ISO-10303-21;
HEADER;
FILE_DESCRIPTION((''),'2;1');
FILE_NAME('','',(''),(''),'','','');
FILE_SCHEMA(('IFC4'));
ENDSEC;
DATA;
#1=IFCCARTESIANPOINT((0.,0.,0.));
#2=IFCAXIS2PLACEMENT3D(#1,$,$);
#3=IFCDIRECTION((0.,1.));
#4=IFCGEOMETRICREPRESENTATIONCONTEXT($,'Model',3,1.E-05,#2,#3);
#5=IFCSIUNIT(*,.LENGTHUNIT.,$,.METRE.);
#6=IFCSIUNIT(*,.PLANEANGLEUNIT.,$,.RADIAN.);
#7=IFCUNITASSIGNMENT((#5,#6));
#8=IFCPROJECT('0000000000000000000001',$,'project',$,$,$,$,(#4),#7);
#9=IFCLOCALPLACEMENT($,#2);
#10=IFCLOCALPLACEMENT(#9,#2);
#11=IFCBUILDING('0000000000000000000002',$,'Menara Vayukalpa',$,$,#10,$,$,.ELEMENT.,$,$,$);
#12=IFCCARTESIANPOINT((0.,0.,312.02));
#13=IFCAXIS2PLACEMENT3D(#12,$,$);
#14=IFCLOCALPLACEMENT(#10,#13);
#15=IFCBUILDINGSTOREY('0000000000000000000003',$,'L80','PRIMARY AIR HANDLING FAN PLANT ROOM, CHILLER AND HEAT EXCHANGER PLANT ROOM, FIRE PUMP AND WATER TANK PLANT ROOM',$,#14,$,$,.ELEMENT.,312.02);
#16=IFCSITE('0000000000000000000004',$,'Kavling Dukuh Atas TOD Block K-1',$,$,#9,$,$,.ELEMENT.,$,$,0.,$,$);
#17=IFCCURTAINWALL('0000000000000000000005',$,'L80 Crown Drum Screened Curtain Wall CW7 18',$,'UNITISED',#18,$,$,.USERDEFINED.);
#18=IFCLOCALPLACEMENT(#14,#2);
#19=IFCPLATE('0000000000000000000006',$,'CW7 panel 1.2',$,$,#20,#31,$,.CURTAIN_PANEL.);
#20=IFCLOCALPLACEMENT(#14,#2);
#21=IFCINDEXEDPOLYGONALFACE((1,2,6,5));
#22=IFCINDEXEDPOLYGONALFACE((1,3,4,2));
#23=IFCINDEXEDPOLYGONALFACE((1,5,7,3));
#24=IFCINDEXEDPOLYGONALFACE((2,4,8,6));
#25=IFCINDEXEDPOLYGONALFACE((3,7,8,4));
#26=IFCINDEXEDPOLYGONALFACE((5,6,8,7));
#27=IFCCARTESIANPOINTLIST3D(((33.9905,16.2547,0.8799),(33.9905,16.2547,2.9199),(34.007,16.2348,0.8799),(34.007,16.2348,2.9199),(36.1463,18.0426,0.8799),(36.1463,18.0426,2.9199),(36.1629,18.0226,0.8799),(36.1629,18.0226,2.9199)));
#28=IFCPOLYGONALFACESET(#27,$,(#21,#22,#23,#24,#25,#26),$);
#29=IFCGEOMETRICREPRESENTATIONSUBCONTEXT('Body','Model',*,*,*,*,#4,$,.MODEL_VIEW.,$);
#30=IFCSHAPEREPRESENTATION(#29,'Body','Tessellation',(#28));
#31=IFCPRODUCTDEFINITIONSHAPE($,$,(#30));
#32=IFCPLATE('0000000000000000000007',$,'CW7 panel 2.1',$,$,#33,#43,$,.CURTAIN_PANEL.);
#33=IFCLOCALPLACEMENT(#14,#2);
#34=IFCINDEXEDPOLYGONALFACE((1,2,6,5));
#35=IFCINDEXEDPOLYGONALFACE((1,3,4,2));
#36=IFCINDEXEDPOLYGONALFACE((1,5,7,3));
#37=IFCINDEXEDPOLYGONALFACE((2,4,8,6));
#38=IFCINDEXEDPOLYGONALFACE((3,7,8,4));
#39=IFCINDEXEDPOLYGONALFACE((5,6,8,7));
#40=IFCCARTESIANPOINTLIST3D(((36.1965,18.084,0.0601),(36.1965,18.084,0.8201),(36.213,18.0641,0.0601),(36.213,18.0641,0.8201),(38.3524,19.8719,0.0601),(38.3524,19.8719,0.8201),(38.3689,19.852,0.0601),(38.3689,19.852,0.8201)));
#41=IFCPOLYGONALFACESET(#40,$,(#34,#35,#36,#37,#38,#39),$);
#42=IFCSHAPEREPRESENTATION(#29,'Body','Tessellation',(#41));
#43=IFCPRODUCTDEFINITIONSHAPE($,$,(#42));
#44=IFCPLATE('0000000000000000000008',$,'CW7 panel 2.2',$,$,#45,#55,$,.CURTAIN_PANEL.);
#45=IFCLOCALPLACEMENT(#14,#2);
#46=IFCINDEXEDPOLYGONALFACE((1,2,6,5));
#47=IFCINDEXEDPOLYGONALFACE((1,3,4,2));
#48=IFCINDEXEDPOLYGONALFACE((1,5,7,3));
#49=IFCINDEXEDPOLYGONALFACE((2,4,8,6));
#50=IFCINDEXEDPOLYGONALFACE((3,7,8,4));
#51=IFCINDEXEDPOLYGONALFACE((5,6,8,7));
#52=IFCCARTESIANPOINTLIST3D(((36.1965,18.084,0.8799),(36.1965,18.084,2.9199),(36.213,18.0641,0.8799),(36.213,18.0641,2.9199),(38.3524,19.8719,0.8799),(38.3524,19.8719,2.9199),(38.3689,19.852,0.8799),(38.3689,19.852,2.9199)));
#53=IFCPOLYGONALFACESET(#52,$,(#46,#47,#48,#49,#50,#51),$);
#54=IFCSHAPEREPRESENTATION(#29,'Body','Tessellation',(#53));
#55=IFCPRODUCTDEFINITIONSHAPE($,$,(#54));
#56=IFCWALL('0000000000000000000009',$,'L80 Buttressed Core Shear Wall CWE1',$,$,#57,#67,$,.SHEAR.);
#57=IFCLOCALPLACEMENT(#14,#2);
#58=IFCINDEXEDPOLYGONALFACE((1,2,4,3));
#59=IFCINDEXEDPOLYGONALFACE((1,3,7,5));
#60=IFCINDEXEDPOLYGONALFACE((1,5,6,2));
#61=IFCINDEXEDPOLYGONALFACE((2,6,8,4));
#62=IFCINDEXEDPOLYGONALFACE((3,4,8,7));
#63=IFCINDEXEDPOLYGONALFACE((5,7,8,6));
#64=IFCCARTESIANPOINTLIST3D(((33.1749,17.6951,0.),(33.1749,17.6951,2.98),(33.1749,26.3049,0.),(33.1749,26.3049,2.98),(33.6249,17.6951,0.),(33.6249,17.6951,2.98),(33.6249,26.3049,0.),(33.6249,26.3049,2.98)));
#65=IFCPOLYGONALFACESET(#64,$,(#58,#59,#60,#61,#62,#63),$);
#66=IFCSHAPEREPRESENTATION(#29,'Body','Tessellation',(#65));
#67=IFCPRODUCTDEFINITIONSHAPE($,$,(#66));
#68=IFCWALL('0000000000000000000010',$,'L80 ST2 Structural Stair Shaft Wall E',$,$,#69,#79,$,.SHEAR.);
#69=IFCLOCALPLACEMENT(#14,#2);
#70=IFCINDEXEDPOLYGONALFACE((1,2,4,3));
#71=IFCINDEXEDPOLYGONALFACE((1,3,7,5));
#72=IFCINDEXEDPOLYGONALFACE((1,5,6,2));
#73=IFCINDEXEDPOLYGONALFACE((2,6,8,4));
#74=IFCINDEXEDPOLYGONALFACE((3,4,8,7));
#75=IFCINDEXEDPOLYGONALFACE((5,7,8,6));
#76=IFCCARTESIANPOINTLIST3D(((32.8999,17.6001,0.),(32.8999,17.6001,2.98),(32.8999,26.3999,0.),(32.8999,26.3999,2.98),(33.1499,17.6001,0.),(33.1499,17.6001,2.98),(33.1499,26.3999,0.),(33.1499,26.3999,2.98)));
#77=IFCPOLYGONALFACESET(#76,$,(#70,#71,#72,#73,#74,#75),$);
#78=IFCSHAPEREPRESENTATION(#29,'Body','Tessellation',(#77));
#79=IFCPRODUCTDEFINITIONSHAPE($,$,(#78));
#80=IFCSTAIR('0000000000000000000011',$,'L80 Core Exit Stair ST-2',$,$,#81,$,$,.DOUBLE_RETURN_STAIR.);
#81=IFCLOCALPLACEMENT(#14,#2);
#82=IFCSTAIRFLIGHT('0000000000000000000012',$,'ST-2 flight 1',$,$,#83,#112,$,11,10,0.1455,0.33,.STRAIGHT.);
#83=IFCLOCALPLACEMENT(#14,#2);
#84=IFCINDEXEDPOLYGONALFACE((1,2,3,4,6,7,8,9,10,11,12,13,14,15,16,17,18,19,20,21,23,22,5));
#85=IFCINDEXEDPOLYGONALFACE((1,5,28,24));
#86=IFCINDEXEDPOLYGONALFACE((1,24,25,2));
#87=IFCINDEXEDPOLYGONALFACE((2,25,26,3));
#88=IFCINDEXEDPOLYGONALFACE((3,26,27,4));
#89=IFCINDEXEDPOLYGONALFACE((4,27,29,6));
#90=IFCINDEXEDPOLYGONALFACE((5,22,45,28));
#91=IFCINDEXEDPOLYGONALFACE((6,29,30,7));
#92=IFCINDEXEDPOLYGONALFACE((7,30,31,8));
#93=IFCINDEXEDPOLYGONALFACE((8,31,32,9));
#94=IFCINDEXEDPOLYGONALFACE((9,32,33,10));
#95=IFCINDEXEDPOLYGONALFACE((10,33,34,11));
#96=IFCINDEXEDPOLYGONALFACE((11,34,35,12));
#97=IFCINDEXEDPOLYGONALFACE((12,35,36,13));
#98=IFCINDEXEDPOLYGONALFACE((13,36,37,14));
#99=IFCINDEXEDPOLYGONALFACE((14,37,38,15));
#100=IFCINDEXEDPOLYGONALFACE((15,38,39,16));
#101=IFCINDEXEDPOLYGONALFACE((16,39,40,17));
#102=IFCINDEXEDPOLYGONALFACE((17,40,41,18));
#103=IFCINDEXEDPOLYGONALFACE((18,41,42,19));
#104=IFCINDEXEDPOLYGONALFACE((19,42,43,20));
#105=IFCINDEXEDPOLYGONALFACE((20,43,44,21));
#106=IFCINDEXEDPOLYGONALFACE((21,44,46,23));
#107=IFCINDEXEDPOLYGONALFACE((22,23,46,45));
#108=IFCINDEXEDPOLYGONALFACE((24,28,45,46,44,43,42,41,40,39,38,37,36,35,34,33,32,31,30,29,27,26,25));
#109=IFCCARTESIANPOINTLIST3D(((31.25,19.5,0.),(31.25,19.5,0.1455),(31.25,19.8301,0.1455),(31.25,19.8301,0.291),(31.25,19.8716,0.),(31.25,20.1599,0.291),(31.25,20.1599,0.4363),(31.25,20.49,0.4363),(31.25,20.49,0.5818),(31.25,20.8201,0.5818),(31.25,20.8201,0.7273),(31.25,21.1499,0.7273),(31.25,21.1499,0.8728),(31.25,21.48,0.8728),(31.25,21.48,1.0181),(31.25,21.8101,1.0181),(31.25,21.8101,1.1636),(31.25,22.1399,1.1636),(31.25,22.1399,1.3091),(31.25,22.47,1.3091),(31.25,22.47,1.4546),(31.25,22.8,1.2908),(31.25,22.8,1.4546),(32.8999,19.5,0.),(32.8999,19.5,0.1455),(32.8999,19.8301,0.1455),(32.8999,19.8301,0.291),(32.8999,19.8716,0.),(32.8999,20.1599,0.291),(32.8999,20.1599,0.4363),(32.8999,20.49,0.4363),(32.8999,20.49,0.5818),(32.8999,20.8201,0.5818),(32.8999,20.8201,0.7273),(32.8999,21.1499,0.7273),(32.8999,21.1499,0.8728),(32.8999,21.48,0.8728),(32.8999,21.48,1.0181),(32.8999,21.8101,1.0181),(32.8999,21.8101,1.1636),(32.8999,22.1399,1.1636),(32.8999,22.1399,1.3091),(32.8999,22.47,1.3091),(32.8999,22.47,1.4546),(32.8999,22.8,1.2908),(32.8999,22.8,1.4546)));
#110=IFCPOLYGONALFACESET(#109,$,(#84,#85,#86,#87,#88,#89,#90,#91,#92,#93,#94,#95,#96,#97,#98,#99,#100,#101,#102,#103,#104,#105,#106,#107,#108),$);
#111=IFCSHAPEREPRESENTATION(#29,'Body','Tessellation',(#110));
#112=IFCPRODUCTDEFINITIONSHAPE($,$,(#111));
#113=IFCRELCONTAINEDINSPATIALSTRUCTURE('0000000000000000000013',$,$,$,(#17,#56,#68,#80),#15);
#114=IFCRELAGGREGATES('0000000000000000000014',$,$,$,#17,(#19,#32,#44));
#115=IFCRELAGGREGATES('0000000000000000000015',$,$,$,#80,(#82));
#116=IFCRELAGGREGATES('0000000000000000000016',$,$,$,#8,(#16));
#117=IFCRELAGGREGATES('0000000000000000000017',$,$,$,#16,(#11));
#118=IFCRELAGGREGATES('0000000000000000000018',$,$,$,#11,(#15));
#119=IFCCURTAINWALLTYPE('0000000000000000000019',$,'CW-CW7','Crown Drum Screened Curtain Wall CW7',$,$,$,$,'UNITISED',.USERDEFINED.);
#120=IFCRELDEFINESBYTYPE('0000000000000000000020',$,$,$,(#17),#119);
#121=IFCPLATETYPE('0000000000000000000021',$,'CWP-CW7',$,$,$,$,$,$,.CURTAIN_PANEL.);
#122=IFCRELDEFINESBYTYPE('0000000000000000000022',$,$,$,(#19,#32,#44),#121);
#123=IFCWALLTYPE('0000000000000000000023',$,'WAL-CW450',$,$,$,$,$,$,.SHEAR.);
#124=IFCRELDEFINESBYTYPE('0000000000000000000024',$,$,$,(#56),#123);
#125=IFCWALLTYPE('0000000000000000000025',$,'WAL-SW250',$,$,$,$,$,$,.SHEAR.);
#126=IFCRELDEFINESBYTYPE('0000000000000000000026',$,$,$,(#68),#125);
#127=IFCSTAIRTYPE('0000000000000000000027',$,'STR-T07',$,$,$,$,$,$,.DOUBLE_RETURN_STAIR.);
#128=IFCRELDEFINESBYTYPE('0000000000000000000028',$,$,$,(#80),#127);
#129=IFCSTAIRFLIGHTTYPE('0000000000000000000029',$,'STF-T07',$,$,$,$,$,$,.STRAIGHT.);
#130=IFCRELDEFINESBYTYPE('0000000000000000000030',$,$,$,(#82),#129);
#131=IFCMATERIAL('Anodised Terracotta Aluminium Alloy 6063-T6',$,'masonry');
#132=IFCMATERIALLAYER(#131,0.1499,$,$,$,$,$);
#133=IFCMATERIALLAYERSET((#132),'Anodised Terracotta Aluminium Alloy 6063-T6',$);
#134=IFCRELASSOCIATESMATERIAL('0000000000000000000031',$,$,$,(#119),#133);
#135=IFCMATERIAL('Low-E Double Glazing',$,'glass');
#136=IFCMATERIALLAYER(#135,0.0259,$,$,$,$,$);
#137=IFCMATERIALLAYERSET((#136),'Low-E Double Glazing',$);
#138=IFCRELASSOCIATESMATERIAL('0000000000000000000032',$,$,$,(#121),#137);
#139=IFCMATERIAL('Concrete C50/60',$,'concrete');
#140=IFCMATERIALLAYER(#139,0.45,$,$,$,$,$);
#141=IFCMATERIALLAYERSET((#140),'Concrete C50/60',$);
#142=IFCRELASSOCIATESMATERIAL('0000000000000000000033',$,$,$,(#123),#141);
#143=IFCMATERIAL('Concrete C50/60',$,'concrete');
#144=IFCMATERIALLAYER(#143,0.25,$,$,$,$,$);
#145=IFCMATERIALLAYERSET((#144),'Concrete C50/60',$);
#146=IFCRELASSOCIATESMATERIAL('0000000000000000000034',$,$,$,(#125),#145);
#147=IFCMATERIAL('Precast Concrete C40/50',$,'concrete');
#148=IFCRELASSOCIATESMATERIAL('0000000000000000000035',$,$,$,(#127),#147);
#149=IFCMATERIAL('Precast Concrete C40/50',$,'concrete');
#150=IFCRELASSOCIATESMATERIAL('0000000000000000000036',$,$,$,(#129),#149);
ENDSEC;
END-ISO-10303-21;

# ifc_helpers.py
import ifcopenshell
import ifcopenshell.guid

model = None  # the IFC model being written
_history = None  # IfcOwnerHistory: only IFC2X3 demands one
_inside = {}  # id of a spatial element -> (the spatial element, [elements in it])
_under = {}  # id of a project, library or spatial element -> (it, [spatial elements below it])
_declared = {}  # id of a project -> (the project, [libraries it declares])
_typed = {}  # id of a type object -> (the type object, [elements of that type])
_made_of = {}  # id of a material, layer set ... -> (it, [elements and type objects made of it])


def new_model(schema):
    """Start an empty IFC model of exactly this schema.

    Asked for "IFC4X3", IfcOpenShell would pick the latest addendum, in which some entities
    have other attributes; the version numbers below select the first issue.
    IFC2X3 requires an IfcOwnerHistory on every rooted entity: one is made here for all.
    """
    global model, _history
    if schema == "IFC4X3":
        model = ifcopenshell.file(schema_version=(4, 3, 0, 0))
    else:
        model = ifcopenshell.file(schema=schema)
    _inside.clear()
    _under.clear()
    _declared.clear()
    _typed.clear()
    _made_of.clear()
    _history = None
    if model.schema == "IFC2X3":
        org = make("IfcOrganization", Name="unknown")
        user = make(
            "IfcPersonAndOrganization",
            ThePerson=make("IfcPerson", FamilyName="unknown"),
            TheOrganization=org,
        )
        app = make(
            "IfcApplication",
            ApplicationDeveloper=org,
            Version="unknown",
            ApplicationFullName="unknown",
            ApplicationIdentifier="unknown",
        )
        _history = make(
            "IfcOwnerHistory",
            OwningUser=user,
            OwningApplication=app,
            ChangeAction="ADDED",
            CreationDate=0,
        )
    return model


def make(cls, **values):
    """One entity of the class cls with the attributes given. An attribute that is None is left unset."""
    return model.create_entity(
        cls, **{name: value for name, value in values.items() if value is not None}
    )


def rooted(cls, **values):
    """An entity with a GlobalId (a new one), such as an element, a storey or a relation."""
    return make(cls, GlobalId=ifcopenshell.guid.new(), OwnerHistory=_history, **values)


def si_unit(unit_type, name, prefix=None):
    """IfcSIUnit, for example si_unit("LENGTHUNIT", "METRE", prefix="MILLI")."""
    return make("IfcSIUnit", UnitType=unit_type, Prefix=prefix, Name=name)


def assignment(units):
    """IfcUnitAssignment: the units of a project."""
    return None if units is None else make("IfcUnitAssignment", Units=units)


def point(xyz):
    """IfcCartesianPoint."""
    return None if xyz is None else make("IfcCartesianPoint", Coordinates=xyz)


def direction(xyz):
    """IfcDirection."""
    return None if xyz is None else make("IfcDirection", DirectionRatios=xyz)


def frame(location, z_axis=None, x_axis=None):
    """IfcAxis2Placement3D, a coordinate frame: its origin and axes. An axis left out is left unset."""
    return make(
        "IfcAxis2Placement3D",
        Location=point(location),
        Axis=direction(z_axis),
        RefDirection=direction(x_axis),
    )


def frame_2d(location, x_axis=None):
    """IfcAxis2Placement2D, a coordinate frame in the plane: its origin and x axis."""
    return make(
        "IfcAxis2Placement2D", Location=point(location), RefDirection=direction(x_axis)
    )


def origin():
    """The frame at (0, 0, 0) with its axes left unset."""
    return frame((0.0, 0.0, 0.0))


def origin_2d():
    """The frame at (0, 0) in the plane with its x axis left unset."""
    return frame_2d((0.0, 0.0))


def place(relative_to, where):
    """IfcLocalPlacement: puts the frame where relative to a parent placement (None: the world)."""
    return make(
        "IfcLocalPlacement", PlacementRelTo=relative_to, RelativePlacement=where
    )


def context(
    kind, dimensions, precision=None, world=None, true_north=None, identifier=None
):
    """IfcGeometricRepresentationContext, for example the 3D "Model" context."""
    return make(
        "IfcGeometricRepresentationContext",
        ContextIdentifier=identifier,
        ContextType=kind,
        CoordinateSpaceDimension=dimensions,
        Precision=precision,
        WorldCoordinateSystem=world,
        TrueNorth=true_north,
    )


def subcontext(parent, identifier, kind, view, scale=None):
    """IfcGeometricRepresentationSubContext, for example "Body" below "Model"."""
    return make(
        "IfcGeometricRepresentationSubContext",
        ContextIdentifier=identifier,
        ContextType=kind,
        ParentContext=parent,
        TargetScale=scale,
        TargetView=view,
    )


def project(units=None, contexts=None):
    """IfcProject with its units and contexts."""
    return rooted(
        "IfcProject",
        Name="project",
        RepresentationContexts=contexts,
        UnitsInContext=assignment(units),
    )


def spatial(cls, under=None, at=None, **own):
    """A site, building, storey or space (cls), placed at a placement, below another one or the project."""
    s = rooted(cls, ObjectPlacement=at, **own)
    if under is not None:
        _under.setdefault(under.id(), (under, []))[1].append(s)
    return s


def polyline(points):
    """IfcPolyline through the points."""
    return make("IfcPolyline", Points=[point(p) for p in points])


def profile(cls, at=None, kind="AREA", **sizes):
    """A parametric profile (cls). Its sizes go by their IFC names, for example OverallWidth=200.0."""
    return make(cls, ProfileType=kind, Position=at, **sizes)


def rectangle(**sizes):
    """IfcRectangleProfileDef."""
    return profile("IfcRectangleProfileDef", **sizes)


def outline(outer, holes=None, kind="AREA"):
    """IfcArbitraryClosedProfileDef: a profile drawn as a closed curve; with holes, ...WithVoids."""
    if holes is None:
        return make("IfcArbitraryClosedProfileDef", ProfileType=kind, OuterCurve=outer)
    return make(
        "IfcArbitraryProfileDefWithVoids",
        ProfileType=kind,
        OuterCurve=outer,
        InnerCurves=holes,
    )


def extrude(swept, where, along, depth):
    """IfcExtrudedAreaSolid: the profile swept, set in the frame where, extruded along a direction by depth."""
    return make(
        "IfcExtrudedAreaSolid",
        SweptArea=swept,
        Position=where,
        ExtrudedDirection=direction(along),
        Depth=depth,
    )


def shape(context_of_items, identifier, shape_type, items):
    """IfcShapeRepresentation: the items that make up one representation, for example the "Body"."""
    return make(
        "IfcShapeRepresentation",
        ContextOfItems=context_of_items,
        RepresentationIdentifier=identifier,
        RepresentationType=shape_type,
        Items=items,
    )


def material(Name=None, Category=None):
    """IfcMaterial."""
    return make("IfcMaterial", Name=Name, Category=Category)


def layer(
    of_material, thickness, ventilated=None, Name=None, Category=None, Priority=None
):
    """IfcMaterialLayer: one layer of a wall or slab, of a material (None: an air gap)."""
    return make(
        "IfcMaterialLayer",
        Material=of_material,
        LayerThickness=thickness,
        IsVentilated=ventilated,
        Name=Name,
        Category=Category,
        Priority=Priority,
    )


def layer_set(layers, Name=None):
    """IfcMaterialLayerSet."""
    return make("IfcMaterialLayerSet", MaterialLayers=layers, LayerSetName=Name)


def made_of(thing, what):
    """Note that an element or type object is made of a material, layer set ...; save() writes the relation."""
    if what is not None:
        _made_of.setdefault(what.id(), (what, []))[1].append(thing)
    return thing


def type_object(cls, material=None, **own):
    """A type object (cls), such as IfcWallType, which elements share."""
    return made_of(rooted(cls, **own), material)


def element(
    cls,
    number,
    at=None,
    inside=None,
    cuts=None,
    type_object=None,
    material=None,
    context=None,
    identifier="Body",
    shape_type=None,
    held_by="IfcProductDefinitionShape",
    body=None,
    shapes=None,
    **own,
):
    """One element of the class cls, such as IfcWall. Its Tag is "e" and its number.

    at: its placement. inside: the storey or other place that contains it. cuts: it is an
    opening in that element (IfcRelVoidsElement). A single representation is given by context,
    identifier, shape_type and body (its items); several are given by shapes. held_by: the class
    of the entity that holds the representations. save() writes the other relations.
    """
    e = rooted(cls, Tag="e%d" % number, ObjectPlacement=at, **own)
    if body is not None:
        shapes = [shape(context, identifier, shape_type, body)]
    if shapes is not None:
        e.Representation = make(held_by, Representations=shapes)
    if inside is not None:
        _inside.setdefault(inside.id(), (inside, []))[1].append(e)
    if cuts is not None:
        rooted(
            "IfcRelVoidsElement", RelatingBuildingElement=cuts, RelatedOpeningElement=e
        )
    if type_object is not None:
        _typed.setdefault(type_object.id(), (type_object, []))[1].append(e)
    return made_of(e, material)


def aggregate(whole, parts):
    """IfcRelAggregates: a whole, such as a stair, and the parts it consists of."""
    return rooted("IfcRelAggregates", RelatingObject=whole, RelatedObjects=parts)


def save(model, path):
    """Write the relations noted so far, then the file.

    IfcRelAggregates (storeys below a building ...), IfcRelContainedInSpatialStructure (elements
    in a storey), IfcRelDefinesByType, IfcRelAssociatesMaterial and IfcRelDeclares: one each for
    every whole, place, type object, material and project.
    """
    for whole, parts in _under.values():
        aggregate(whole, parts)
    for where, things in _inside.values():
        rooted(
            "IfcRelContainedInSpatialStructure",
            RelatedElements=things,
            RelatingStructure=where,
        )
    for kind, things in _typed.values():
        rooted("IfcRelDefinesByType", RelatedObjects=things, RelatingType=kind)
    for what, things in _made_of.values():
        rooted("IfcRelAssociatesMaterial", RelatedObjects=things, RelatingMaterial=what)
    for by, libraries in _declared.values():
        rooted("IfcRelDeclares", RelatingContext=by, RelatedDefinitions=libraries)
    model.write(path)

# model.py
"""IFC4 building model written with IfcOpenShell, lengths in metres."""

from ifc_helpers import new_model, si_unit, direction, frame, frame_2d, origin, origin_2d, place, context, subcontext, project, spatial, polyline, rectangle, outline, extrude, material, layer, layer_set, type_object, element, aggregate, save


model = new_model("IFC4")

# Units and contexts
model_context = context("Model", 3, precision=1e-05, world=origin(), true_north=direction((0.0, 1.0)))
body_context = subcontext(model_context, "Body", "Model", "MODEL_VIEW")
ifc_project = project(units=[si_unit("LENGTHUNIT", "METRE"), si_unit("PLANEANGLEUNIT", "RADIAN")], contexts=[model_context])

# Site, building, storey
site_placement = place(None, origin())
site = spatial("IfcSite", under=ifc_project, at=site_placement, Name="Kavling Dukuh Atas TOD Block K-1", CompositionType="ELEMENT", RefElevation=0.0)
building_placement = place(site_placement, origin())
building = spatial("IfcBuilding", under=site, at=building_placement, Name="Menara Vayukalpa", CompositionType="ELEMENT")
storey_placement = place(building_placement, frame((0.0, 0.0, 312.02)))
storey = spatial("IfcBuildingStorey", under=building, at=storey_placement, Name="L80", Description="PRIMARY AIR HANDLING FAN PLANT ROOM, CHILLER AND HEAT EXCHANGER PLANT ROOM, FIRE PUMP AND WATER TANK PLANT ROOM", CompositionType="ELEMENT", Elevation=312.02)

# Curtain wall
ifc_material_1 = material(Name="Anodised Terracotta Aluminium Alloy 6063-T6", Category="masonry")
ifc_layer_1 = layer(ifc_material_1, 0.1499)
ifc_layer_set_1 = layer_set([ifc_layer_1], Name="Anodised Terracotta Aluminium Alloy 6063-T6")
curtain_wall_type = type_object("IfcCurtainWallType", Name="CW-CW7", Description="Crown Drum Screened Curtain Wall CW7", ElementType="UNITISED", PredefinedType="USERDEFINED", material=ifc_layer_set_1)
curtain_wall_1_placement = place(storey_placement, origin())
curtain_wall_1 = element("IfcCurtainWall", 1, at=curtain_wall_1_placement, inside=storey, type_object=curtain_wall_type, Name="L80 Crown Drum Screened Curtain Wall CW7 18", ObjectType="UNITISED", PredefinedType="USERDEFINED")

# Plates
ifc_material_2 = material(Name="Low-E Double Glazing", Category="glass")
ifc_layer_2 = layer(ifc_material_2, 0.0259)
ifc_layer_set_2 = layer_set([ifc_layer_2], Name="Low-E Double Glazing")
plate_type = type_object("IfcPlateType", Name="CWP-CW7", PredefinedType="CURTAIN_PANEL", material=ifc_layer_set_2)
plate_1_placement = place(storey_placement, frame((35.0767, 17.1387, 0.8799), z_axis=(0.0, 0.0, 1.0), x_axis=(0.769749, 0.638347, 0.0)))
plate_1 = element("IfcPlate", 2, at=plate_1_placement, type_object=plate_type, Name="CW7 panel 1.2", PredefinedType="CURTAIN_PANEL", context=body_context, shape_type="SweptSolid", body=[
    extrude(rectangle(XDim=2.8008, YDim=0.0259, at=origin_2d()), origin(), (0.0, 0.0, 1.0), 2.04),
])
plate_2_placement = place(storey_placement, frame((37.2827, 18.968, 0.0601), z_axis=(0.0, 0.0, 1.0), x_axis=(0.769749, 0.638347, 0.0)))
plate_2 = element("IfcPlate", 3, at=plate_2_placement, type_object=plate_type, Name="CW7 panel 2.1", PredefinedType="CURTAIN_PANEL", context=body_context, shape_type="SweptSolid", body=[
    extrude(rectangle(XDim=2.8008, YDim=0.0259, at=origin_2d()), origin(), (0.0, 0.0, 1.0), 0.76),
])
plate_3_placement = place(storey_placement, frame((37.2827, 18.968, 0.8799), z_axis=(0.0, 0.0, 1.0), x_axis=(0.769749, 0.638347, 0.0)))
plate_3 = element("IfcPlate", 4, at=plate_3_placement, type_object=plate_type, Name="CW7 panel 2.2", PredefinedType="CURTAIN_PANEL", context=body_context, shape_type="SweptSolid", body=[
    extrude(rectangle(XDim=2.8008, YDim=0.0259, at=origin_2d()), origin(), (0.0, 0.0, 1.0), 2.04),
])
aggregate(curtain_wall_1, [plate_1, plate_2, plate_3])

# Walls
ifc_material_3 = material(Name="Concrete C50/60", Category="concrete")
ifc_layer_3 = layer(ifc_material_3, 0.45)
ifc_layer_set_3 = layer_set([ifc_layer_3], Name="Concrete C50/60")
wall_type_1 = type_object("IfcWallType", Name="WAL-CW450", PredefinedType="SHEAR", material=ifc_layer_set_3)
wall_1_placement = place(storey_placement, frame((33.3999, 17.6951, 0.0), z_axis=(0.0, 0.0, 1.0), x_axis=(0.0, 1.0, 0.0)))
element("IfcWall", 5, at=wall_1_placement, inside=storey, type_object=wall_type_1, Name="L80 Buttressed Core Shear Wall CWE1", PredefinedType="SHEAR", context=body_context, shape_type="SweptSolid", body=[
    extrude(rectangle(XDim=8.6099, YDim=0.45, at=frame_2d((4.3049, 0.0))), origin(), (0.0, 0.0, 1.0), 2.98),
])
ifc_material_4 = material(Name="Concrete C50/60", Category="concrete")
ifc_layer_4 = layer(ifc_material_4, 0.25)
ifc_layer_set_4 = layer_set([ifc_layer_4], Name="Concrete C50/60")
wall_type_2 = type_object("IfcWallType", Name="WAL-SW250", PredefinedType="SHEAR", material=ifc_layer_set_4)
wall_2_placement = place(storey_placement, frame((33.0249, 17.6001, 0.0), z_axis=(0.0, 0.0, 1.0), x_axis=(0.0, 1.0, 0.0)))
element("IfcWall", 6, at=wall_2_placement, inside=storey, type_object=wall_type_2, Name="L80 ST2 Structural Stair Shaft Wall E", PredefinedType="SHEAR", context=body_context, shape_type="SweptSolid", body=[
    extrude(rectangle(XDim=8.7998, YDim=0.25, at=frame_2d((4.3999, 0.0))), origin(), (0.0, 0.0, 1.0), 2.98),
])

# Stair, stair flight
ifc_material_5 = material(Name="Precast Concrete C40/50", Category="concrete")
stair_type = type_object("IfcStairType", Name="STR-T07", PredefinedType="DOUBLE_RETURN_STAIR", material=ifc_material_5)
stair_placement = place(storey_placement, origin())
stair = element("IfcStair", 7, at=stair_placement, inside=storey, type_object=stair_type, Name="L80 Core Exit Stair ST-2", PredefinedType="DOUBLE_RETURN_STAIR")
ifc_material_6 = material(Name="Precast Concrete C40/50", Category="concrete")
stair_flight_type = type_object("IfcStairFlightType", Name="STF-T07", PredefinedType="STRAIGHT", material=ifc_material_6)
stair_flight_placement = place(storey_placement, frame((32.075, 19.5, 0.0), z_axis=(0.0, 0.0, 1.0), x_axis=(0.0, 1.0, 0.0)))
stair_flight = element("IfcStairFlight", 8, at=stair_flight_placement, type_object=stair_flight_type, Name="ST-2 flight 1", NumberOfRisers=11, NumberOfTreads=10, PredefinedType="STRAIGHT", RiserHeight=0.1455, TreadLength=0.33, context=body_context, shape_type="SweptSolid", body=[
    extrude(outline(polyline([(0.0, 0.0), (0.0, 0.1455), (0.3301, 0.1455), (0.3301, 0.291), (0.6599, 0.291), (0.6599, 0.4363), (0.99, 0.4363), (0.99, 0.5818), (1.3201, 0.5818), (1.3201, 0.7273), (1.6499, 0.7273), (1.6499, 0.8728), (1.98, 0.8728), (1.98, 1.0181), (2.3101, 1.0181), (2.3101, 1.1636), (2.6399, 1.1636), (2.6399, 1.3091), (2.97, 1.3091), (2.97, 1.4546), (3.3, 1.4546), (3.3, 1.6001), (3.3, 1.2908), (0.3716, 0.0), (0.0, 0.0)])), frame((0.0, 0.825, 0.0), z_axis=(0.0, -1.0, 0.0), x_axis=(1.0, 0.0, 0.0)), (0.0, 0.0, 1.0), 1.6499),
])
aggregate(stair, [stair_flight])

save(model, "model.ifc")
